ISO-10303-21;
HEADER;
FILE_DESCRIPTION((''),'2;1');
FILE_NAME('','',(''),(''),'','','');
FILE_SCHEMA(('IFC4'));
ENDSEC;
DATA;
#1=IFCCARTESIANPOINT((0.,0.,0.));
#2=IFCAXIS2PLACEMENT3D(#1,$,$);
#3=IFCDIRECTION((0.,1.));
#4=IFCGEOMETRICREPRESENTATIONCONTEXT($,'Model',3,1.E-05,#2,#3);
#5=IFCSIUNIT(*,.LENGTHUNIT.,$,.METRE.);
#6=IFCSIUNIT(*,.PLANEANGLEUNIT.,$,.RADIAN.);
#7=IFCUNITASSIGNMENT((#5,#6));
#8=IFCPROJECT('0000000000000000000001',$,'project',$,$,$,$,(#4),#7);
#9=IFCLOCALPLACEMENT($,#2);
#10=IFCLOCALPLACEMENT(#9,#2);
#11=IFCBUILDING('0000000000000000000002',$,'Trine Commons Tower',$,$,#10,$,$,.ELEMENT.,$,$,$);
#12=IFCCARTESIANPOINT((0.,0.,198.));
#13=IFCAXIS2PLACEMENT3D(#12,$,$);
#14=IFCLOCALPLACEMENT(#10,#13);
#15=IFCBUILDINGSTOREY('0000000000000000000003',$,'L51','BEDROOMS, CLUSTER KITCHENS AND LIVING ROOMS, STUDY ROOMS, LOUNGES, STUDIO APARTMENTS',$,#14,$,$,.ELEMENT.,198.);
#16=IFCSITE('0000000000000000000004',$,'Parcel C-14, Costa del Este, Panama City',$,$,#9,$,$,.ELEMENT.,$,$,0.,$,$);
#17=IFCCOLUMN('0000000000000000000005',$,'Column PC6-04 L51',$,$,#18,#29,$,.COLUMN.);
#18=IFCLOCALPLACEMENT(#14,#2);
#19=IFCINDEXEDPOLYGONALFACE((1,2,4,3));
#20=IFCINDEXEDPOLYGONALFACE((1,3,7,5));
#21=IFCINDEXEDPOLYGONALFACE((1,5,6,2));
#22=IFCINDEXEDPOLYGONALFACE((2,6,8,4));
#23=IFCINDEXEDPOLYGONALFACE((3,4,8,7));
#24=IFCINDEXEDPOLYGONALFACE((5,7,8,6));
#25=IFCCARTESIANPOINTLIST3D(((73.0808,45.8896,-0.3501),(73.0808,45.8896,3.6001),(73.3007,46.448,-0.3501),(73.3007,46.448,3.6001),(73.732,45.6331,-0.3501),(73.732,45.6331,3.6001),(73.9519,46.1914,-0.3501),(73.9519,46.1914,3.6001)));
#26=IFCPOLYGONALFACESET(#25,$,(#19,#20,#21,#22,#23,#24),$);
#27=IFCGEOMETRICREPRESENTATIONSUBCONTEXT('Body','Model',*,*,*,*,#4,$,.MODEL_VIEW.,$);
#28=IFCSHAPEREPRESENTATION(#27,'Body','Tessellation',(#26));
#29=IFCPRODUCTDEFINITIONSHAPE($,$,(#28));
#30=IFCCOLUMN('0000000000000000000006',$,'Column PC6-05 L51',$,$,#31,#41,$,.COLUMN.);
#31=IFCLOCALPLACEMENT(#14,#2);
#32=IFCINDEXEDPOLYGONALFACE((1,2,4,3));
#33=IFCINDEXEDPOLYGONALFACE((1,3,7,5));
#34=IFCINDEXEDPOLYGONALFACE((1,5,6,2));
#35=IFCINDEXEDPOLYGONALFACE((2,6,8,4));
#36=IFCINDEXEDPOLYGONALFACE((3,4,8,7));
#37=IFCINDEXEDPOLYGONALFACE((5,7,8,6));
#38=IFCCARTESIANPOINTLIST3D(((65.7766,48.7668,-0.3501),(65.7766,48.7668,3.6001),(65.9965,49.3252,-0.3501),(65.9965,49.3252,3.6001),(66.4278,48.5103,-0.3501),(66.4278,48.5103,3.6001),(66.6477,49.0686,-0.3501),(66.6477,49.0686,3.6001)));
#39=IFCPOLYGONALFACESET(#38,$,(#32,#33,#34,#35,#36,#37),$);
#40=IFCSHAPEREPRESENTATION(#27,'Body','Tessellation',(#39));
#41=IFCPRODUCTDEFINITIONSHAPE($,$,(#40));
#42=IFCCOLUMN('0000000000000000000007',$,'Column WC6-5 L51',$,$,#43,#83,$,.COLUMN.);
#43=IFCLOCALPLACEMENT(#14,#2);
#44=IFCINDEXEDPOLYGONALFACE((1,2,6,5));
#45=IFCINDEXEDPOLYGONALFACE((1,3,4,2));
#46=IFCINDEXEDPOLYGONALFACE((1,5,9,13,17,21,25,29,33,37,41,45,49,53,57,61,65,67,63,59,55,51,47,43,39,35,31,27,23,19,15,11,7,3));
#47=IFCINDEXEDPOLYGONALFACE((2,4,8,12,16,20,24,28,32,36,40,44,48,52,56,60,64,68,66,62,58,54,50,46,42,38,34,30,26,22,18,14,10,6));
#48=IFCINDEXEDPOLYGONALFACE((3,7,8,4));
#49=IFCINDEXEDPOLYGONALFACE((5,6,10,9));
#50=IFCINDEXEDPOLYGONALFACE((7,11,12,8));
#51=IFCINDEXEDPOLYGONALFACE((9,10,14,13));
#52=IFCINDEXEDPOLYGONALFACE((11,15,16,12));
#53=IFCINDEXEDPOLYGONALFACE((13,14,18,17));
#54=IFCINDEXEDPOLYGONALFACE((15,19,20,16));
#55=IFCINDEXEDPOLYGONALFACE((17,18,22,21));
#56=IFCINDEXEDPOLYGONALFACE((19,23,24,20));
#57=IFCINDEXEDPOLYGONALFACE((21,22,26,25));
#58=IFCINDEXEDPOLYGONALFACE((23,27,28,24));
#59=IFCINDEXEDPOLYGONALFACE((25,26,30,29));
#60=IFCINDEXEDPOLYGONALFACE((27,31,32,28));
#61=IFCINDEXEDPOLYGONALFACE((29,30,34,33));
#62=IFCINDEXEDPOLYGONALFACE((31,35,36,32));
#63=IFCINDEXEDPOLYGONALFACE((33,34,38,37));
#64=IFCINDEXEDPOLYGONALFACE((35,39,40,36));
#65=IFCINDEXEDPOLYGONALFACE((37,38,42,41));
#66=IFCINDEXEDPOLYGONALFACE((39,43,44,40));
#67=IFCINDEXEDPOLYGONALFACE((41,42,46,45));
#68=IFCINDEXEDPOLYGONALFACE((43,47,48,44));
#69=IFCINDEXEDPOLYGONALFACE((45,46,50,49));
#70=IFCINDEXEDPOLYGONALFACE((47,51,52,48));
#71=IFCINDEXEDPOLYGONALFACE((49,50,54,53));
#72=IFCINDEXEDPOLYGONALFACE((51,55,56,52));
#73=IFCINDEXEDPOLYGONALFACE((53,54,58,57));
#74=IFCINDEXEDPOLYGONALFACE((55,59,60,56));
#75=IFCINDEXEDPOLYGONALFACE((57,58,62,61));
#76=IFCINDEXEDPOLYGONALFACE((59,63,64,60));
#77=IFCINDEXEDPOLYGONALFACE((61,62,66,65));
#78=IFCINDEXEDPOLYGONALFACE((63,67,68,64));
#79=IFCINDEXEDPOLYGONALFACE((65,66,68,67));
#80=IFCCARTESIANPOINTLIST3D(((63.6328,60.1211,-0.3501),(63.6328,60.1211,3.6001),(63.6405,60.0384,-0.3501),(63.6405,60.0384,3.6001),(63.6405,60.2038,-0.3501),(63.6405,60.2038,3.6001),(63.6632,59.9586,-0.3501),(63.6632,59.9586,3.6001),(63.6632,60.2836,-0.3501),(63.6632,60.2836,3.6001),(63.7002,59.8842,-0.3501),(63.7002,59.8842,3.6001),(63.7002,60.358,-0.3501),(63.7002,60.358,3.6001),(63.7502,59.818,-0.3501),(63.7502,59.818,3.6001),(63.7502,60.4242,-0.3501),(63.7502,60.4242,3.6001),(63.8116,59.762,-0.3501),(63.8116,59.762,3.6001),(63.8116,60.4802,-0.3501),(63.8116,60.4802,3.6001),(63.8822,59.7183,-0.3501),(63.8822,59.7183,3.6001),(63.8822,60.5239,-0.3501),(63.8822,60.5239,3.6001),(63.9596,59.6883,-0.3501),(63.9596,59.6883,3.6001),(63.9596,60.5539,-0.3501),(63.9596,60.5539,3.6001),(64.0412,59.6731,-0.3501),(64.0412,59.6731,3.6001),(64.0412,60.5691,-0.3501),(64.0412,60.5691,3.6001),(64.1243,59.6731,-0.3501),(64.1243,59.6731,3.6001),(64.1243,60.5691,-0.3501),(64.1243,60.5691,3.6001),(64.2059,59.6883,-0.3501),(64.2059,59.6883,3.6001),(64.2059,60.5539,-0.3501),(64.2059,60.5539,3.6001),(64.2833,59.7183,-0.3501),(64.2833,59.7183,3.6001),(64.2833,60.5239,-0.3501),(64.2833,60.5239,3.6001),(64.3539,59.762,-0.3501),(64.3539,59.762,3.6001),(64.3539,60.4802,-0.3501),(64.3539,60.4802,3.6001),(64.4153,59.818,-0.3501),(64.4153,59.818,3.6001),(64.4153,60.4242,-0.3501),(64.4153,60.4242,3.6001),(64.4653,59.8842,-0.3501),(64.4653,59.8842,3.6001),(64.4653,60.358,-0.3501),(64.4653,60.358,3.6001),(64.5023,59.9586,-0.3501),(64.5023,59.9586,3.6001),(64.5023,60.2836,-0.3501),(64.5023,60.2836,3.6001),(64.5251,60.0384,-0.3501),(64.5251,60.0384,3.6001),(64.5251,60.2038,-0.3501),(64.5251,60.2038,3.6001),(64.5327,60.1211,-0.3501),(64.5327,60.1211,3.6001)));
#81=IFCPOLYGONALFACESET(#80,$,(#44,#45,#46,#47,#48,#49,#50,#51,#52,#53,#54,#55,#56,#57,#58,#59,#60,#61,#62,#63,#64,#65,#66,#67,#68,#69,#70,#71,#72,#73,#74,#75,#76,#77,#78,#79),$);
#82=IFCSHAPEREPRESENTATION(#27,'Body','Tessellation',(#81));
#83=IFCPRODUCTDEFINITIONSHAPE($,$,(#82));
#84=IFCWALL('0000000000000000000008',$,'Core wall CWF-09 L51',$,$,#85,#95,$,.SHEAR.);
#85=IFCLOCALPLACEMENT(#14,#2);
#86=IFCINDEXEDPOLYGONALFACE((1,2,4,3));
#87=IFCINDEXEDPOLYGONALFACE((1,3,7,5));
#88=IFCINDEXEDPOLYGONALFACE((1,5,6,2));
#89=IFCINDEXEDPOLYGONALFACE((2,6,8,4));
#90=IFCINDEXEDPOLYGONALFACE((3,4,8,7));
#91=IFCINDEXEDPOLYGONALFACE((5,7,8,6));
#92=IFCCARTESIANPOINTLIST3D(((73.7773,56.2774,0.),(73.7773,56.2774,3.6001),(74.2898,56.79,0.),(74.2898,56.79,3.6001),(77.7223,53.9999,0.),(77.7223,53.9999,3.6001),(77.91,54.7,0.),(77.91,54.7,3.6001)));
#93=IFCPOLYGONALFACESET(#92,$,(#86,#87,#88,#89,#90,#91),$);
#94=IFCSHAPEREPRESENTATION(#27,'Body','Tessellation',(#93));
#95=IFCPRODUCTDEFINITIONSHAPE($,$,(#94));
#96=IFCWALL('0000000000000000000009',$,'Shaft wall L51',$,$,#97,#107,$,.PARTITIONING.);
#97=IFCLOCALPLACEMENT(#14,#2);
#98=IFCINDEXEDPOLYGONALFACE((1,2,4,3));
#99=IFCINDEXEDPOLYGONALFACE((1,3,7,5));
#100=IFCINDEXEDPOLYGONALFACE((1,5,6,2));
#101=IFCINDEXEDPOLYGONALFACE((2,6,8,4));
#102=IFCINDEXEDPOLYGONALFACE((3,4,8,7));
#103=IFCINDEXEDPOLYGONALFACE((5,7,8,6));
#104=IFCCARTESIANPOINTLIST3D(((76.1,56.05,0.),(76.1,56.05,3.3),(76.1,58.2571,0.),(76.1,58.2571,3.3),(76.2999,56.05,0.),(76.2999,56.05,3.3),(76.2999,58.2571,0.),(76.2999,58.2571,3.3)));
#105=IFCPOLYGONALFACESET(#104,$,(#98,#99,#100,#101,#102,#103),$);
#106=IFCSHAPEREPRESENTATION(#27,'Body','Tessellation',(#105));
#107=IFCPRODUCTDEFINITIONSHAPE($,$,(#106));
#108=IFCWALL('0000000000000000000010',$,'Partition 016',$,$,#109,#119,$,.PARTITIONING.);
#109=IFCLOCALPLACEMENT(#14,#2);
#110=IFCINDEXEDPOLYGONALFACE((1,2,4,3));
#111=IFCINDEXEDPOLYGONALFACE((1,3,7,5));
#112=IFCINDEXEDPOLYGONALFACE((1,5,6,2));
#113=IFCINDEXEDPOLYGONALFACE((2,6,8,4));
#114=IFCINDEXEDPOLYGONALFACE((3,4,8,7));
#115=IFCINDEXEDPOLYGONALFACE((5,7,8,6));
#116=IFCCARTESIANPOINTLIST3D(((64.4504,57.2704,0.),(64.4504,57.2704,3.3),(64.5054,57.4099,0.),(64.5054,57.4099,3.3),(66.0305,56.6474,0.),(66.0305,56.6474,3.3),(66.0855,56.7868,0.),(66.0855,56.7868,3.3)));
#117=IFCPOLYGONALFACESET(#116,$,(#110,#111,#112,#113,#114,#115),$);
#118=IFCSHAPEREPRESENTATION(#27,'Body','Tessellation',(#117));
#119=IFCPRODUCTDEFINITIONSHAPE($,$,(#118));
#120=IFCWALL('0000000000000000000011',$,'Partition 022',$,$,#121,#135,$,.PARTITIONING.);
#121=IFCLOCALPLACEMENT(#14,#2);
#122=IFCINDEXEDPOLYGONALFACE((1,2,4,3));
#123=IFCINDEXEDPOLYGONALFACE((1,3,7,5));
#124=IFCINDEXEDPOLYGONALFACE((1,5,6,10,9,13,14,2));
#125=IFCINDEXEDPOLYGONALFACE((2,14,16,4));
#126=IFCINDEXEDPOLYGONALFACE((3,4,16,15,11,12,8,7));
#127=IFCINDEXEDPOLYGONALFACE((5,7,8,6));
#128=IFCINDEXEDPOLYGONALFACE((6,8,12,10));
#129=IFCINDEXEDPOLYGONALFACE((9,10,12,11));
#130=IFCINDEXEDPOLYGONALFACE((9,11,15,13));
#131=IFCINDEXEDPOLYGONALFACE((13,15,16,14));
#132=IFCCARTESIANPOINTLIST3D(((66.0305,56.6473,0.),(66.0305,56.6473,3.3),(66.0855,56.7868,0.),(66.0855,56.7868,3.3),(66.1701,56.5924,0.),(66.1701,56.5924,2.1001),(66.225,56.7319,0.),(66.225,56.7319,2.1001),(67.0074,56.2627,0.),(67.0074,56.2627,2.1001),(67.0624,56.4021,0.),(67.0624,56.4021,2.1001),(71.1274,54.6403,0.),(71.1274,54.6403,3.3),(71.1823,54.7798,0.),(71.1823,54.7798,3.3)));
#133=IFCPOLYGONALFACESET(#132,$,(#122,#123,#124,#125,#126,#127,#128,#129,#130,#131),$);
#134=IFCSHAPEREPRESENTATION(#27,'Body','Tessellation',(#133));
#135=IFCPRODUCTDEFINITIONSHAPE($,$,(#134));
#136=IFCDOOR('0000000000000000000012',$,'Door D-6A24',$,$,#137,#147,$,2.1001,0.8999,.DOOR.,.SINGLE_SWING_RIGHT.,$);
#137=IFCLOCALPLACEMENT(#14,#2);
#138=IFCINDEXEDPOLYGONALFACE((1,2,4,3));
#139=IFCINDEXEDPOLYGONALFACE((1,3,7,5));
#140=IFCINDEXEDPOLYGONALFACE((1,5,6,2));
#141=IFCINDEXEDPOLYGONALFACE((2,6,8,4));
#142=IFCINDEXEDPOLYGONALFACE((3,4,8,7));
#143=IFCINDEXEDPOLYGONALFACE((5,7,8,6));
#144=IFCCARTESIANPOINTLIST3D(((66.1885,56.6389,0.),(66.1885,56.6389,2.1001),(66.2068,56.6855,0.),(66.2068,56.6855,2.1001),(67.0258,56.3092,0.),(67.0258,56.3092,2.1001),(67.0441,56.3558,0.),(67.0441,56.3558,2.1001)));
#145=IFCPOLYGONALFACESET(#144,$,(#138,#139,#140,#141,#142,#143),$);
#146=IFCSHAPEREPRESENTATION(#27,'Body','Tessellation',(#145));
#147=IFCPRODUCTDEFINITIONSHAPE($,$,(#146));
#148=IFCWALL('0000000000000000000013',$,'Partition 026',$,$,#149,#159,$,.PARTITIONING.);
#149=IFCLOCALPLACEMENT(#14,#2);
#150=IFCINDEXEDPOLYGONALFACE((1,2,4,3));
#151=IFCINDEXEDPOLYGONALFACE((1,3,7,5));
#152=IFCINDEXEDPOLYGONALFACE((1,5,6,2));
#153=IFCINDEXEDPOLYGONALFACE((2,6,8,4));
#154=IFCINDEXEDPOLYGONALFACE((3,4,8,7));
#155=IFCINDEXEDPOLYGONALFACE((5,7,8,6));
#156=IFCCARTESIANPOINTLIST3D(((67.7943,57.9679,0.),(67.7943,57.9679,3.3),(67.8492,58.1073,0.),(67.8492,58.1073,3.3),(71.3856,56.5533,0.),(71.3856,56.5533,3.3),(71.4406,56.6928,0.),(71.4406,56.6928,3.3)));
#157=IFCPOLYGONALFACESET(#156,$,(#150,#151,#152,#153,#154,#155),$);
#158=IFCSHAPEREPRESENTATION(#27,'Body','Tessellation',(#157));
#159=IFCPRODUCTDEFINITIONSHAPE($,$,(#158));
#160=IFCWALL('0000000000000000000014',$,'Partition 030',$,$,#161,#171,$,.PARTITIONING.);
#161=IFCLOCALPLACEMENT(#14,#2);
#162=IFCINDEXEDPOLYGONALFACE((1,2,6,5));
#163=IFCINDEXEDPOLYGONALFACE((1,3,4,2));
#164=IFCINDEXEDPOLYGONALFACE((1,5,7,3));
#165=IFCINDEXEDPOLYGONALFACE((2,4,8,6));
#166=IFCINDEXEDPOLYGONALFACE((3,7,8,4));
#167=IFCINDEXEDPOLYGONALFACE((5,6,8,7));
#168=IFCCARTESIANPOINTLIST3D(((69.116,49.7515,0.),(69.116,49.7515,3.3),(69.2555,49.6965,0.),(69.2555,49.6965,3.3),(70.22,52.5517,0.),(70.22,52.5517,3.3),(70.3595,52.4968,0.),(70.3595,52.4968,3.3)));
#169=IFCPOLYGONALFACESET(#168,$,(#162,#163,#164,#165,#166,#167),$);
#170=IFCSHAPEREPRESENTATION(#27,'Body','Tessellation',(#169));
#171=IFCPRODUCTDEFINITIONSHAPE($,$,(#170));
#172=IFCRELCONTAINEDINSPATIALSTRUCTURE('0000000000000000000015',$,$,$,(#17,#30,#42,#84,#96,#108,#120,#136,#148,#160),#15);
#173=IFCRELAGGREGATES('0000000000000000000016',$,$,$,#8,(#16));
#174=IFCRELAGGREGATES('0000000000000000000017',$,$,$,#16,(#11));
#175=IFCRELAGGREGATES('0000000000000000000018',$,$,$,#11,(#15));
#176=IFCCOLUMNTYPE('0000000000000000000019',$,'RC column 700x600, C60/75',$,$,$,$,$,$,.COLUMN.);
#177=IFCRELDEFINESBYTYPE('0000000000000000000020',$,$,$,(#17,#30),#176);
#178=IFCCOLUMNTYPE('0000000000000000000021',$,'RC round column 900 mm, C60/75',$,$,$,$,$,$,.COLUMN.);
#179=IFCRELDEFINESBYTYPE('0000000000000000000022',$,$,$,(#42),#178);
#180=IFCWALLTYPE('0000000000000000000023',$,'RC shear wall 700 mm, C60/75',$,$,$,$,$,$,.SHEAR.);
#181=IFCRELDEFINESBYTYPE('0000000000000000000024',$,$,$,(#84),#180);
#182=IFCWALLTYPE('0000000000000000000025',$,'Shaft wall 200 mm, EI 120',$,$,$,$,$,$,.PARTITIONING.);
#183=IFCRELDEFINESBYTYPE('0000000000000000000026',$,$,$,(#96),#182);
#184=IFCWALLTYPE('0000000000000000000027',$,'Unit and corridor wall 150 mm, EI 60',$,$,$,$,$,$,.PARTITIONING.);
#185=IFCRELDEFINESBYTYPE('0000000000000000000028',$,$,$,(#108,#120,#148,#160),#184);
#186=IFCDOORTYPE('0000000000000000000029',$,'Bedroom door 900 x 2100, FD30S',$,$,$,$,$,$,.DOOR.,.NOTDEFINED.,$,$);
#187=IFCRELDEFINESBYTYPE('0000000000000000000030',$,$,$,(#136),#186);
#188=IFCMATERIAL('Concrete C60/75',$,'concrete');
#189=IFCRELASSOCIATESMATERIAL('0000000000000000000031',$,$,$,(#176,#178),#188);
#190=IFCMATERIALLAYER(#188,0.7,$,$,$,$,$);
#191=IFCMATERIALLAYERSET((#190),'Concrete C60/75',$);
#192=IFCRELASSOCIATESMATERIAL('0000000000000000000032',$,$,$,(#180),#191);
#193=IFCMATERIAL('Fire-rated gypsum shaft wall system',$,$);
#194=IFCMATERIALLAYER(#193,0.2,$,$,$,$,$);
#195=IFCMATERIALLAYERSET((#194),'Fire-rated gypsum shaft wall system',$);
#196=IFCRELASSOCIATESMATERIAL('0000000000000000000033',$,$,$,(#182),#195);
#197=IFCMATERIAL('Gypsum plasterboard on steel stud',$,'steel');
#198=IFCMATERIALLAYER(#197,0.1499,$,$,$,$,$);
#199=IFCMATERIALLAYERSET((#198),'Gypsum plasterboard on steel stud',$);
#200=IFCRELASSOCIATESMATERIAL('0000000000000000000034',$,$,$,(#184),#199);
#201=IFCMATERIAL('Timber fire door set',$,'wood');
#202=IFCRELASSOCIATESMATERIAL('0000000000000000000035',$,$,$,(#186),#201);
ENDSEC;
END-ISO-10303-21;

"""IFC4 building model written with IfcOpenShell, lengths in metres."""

from ifc_helpers import new_model, si_unit, direction, frame, frame_2d, origin, origin_2d, place, context, subcontext, project, spatial, polyline, rectangle, circle, outline, extrude, material, layer, layer_set, material_profile, profile_set, type_object, element, fill, save


model = new_model("IFC4")

# Units and contexts
model_context = context("Model", 3, precision=1e-05, world=origin(), true_north=direction((0.0, 1.0)))
body_context = subcontext(model_context, "Body", "Model", "MODEL_VIEW")
ifc_project = project(units=[si_unit("LENGTHUNIT", "METRE"), si_unit("PLANEANGLEUNIT", "RADIAN")], contexts=[model_context])

# Site, building, storey
site_placement = place(None, origin())
site = spatial("IfcSite", under=ifc_project, at=site_placement, Name="Parcel C-14, Costa del Este, Panama City", CompositionType="ELEMENT", RefElevation=0.0)
building_placement = place(site_placement, origin())
building = spatial("IfcBuilding", under=site, at=building_placement, Name="Trine Commons Tower", CompositionType="ELEMENT")
storey_placement = place(building_placement, frame((0.0, 0.0, 198.0)))
storey = spatial("IfcBuildingStorey", under=building, at=storey_placement, Name="L51", Description="BEDROOMS, CLUSTER KITCHENS AND LIVING ROOMS, STUDY ROOMS, LOUNGES, STUDIO APARTMENTS", CompositionType="ELEMENT", Elevation=198.0)

# Columns
ifc_material_1 = material(Name="Concrete C60/75", Category="concrete")
ifc_material_profile_1 = material_profile(ifc_material_1, rectangle(XDim=0.7, YDim=0.6001, at=origin_2d()), Name="RC 700x600")
ifc_profile_set_1 = profile_set([ifc_material_profile_1], Name="Concrete C60/75")
column_type_1 = type_object("IfcColumnType", Name="RC column 700x600, C60/75", PredefinedType="COLUMN", material=ifc_profile_set_1)
for number, where, z_axis, x_axis, name in (
    (1, (73.5164, 46.0405, -0.3501), (0.0, 0.0, 1.0), (-0.930418, 0.366501, 0.0), "Column PC6-04 L51"),
    (2, (66.2122, 48.9177, -0.3501), (0.0, 0.0, 1.0), (-0.930418, 0.366501, 0.0), "Column PC6-05 L51"),
):
    element("IfcColumn", number, at=place(storey_placement, frame(where, z_axis=z_axis, x_axis=x_axis)), inside=storey, type_object=column_type_1, Name=name, PredefinedType="COLUMN", context=body_context, shape_type="SweptSolid", body=[
        extrude(rectangle(XDim=0.7, YDim=0.6001, at=origin_2d()), origin(), (0.0, 0.0, 1.0), 3.9502),
    ])
ifc_material_profile_2 = material_profile(ifc_material_1, circle(Radius=0.45, at=origin_2d()), Name="RC round 900")
ifc_profile_set_2 = profile_set([ifc_material_profile_2], Name="Concrete C60/75")
column_type_2 = type_object("IfcColumnType", Name="RC round column 900 mm, C60/75", PredefinedType="COLUMN", material=ifc_profile_set_2)
column_placement = place(storey_placement, frame((64.0828, 60.1211, -0.3501), z_axis=(0.0, 0.0, 1.0), x_axis=(1.0, 0.0, 0.0)))
element("IfcColumn", 3, at=column_placement, inside=storey, type_object=column_type_2, Name="Column WC6-5 L51", PredefinedType="COLUMN", context=body_context, shape_type="SweptSolid", body=[
    extrude(circle(Radius=0.45, at=origin_2d()), origin(), (0.0, 0.0, 1.0), 3.9502),
])

# Walls
ifc_layer_1 = layer(ifc_material_1, 0.7)
ifc_layer_set_1 = layer_set([ifc_layer_1], Name="Concrete C60/75")
wall_type_1 = type_object("IfcWallType", Name="RC shear wall 700 mm, C60/75", PredefinedType="SHEAR", material=ifc_layer_set_1)
wall_1_placement = place(storey_placement, frame((73.9524, 56.5806, 0.0), z_axis=(0.0, 0.0, 1.0), x_axis=(0.866035, -0.499984, 0.0)))
element("IfcWall", 4, at=wall_1_placement, inside=storey, type_object=wall_type_1, Name="Core wall CWF-09 L51", PredefinedType="SHEAR", context=body_context, shape_type="SweptSolid", body=[
    extrude(outline(polyline([(0.0, -0.3501), (4.5552, -0.3501), (4.3677, 0.3501), (0.1875, 0.3501), (0.0, -0.3501)])), origin(), (0.0, 0.0, 1.0), 3.6001),
])
ifc_material_2 = material(Name="Fire-rated gypsum shaft wall system")
ifc_layer_2 = layer(ifc_material_2, 0.2)
ifc_layer_set_2 = layer_set([ifc_layer_2], Name="Fire-rated gypsum shaft wall system")
wall_type_2 = type_object("IfcWallType", Name="Shaft wall 200 mm, EI 120", PredefinedType="PARTITIONING", material=ifc_layer_set_2)
wall_2_placement = place(storey_placement, frame((76.2, 58.2571, 0.0), z_axis=(0.0, 0.0, 1.0), x_axis=(0.0, -1.0, 0.0)))
element("IfcWall", 5, at=wall_2_placement, inside=storey, type_object=wall_type_2, Name="Shaft wall L51", PredefinedType="PARTITIONING", context=body_context, shape_type="SweptSolid", body=[
    extrude(rectangle(XDim=2.207, YDim=0.2, at=frame_2d((1.1035, 0.0))), origin(), (0.0, 0.0, 1.0), 3.3),
])
ifc_material_3 = material(Name="Gypsum plasterboard on steel stud", Category="steel")
ifc_layer_3 = layer(ifc_material_3, 0.1499)
ifc_layer_set_3 = layer_set([ifc_layer_3], Name="Gypsum plasterboard on steel stud")
wall_type_3 = type_object("IfcWallType", Name="Unit and corridor wall 150 mm, EI 60", PredefinedType="PARTITIONING", material=ifc_layer_set_3)
wall_3_placement = place(storey_placement, frame((64.478, 57.3401, 0.0), z_axis=(0.0, 0.0, 1.0), x_axis=(0.93029, -0.366826, 0.0)))
element("IfcWall", 6, at=wall_3_placement, inside=storey, type_object=wall_type_3, Name="Partition 016", PredefinedType="PARTITIONING", context=body_context, shape_type="SweptSolid", body=[
    extrude(rectangle(XDim=1.6985, YDim=0.1499, at=frame_2d((0.8491, 0.0))), origin(), (0.0, 0.0, 1.0), 3.3),
])

# Wall, opening, door
wall_4_placement = place(storey_placement, frame((66.0581, 56.717, 0.0), z_axis=(0.0, 0.0, 1.0), x_axis=(0.930458, -0.366398, 0.0)))
wall_4 = element("IfcWall", 7, at=wall_4_placement, inside=storey, type_object=wall_type_3, Name="Partition 022", PredefinedType="PARTITIONING", context=body_context, shape_type="SweptSolid", body=[
    extrude(rectangle(XDim=5.4778, YDim=0.1499, at=frame_2d((2.7388, 0.0))), origin(), (0.0, 0.0, 1.0), 3.3),
])
opening_1_placement = place(wall_4_placement, frame((0.1499, 0.0, 0.0)))
opening_1 = element("IfcOpeningElement", 8, at=opening_1_placement, cuts=wall_4, PredefinedType="OPENING", context=body_context, shape_type="SweptSolid", body=[
    extrude(rectangle(XDim=0.8999, YDim=2.1001, at=frame_2d((0.45, 1.05))), frame((0.0, 0.085, 0.0), z_axis=(0.0, -1.0, 0.0), x_axis=(1.0, 0.0, 0.0)), (0.0, 0.0, 1.0), 0.1699),
])
ifc_material_4 = material(Name="Timber fire door set", Category="wood")
door_type_1 = type_object("IfcDoorType", Name="Bedroom door 900 x 2100, FD30S", OperationType="NOTDEFINED", PredefinedType="DOOR", material=ifc_material_4)
door_1_placement = place(opening_1_placement, frame((0.8999, 0.0, 0.0), z_axis=(0.0, 0.0, 1.0), x_axis=(-1.0, 0.0, 0.0)))
door_1 = element("IfcDoor", 9, at=door_1_placement, inside=storey, type_object=door_type_1, Name="Door D-6A24", OperationType="SINGLE_SWING_RIGHT", OverallHeight=2.1001, OverallWidth=0.8999, PredefinedType="DOOR", context=body_context, shape_type="SweptSolid", body=[
    extrude(rectangle(XDim=0.8999, YDim=2.1001, at=frame_2d((0.45, 1.05))), frame((0.0, 0.0249, 0.0), z_axis=(0.0, -1.0, 0.0), x_axis=(1.0, 0.0, 0.0)), (0.0, 0.0, 1.0), 0.05),
])
fill(opening_1, door_1)

# Walls
wall_5_placement = place(storey_placement, frame((67.8218, 58.0376, 0.0), z_axis=(0.0, 0.0, 1.0), x_axis=(0.930427, -0.366478, 0.0)))
element("IfcWall", 10, at=wall_5_placement, inside=storey, type_object=wall_type_3, Name="Partition 026", PredefinedType="PARTITIONING", context=body_context, shape_type="SweptSolid", body=[
    extrude(rectangle(XDim=3.8599, YDim=0.1499, at=frame_2d((1.9299, 0.0))), origin(), (0.0, 0.0, 1.0), 3.3),
])
wall_6_placement = place(storey_placement, frame((69.1858, 49.7241, 0.0), z_axis=(0.0, 0.0, 1.0), x_axis=(0.366771, 0.930311, 0.0)))
element("IfcWall", 11, at=wall_6_placement, inside=storey, type_object=wall_type_3, Name="Partition 030", PredefinedType="PARTITIONING", context=body_context, shape_type="SweptSolid", body=[
    extrude(rectangle(XDim=3.01, YDim=0.1499, at=frame_2d((1.5049, 0.0))), origin(), (0.0, 0.0, 1.0), 3.3),
])

save(model, "model.ifc")
